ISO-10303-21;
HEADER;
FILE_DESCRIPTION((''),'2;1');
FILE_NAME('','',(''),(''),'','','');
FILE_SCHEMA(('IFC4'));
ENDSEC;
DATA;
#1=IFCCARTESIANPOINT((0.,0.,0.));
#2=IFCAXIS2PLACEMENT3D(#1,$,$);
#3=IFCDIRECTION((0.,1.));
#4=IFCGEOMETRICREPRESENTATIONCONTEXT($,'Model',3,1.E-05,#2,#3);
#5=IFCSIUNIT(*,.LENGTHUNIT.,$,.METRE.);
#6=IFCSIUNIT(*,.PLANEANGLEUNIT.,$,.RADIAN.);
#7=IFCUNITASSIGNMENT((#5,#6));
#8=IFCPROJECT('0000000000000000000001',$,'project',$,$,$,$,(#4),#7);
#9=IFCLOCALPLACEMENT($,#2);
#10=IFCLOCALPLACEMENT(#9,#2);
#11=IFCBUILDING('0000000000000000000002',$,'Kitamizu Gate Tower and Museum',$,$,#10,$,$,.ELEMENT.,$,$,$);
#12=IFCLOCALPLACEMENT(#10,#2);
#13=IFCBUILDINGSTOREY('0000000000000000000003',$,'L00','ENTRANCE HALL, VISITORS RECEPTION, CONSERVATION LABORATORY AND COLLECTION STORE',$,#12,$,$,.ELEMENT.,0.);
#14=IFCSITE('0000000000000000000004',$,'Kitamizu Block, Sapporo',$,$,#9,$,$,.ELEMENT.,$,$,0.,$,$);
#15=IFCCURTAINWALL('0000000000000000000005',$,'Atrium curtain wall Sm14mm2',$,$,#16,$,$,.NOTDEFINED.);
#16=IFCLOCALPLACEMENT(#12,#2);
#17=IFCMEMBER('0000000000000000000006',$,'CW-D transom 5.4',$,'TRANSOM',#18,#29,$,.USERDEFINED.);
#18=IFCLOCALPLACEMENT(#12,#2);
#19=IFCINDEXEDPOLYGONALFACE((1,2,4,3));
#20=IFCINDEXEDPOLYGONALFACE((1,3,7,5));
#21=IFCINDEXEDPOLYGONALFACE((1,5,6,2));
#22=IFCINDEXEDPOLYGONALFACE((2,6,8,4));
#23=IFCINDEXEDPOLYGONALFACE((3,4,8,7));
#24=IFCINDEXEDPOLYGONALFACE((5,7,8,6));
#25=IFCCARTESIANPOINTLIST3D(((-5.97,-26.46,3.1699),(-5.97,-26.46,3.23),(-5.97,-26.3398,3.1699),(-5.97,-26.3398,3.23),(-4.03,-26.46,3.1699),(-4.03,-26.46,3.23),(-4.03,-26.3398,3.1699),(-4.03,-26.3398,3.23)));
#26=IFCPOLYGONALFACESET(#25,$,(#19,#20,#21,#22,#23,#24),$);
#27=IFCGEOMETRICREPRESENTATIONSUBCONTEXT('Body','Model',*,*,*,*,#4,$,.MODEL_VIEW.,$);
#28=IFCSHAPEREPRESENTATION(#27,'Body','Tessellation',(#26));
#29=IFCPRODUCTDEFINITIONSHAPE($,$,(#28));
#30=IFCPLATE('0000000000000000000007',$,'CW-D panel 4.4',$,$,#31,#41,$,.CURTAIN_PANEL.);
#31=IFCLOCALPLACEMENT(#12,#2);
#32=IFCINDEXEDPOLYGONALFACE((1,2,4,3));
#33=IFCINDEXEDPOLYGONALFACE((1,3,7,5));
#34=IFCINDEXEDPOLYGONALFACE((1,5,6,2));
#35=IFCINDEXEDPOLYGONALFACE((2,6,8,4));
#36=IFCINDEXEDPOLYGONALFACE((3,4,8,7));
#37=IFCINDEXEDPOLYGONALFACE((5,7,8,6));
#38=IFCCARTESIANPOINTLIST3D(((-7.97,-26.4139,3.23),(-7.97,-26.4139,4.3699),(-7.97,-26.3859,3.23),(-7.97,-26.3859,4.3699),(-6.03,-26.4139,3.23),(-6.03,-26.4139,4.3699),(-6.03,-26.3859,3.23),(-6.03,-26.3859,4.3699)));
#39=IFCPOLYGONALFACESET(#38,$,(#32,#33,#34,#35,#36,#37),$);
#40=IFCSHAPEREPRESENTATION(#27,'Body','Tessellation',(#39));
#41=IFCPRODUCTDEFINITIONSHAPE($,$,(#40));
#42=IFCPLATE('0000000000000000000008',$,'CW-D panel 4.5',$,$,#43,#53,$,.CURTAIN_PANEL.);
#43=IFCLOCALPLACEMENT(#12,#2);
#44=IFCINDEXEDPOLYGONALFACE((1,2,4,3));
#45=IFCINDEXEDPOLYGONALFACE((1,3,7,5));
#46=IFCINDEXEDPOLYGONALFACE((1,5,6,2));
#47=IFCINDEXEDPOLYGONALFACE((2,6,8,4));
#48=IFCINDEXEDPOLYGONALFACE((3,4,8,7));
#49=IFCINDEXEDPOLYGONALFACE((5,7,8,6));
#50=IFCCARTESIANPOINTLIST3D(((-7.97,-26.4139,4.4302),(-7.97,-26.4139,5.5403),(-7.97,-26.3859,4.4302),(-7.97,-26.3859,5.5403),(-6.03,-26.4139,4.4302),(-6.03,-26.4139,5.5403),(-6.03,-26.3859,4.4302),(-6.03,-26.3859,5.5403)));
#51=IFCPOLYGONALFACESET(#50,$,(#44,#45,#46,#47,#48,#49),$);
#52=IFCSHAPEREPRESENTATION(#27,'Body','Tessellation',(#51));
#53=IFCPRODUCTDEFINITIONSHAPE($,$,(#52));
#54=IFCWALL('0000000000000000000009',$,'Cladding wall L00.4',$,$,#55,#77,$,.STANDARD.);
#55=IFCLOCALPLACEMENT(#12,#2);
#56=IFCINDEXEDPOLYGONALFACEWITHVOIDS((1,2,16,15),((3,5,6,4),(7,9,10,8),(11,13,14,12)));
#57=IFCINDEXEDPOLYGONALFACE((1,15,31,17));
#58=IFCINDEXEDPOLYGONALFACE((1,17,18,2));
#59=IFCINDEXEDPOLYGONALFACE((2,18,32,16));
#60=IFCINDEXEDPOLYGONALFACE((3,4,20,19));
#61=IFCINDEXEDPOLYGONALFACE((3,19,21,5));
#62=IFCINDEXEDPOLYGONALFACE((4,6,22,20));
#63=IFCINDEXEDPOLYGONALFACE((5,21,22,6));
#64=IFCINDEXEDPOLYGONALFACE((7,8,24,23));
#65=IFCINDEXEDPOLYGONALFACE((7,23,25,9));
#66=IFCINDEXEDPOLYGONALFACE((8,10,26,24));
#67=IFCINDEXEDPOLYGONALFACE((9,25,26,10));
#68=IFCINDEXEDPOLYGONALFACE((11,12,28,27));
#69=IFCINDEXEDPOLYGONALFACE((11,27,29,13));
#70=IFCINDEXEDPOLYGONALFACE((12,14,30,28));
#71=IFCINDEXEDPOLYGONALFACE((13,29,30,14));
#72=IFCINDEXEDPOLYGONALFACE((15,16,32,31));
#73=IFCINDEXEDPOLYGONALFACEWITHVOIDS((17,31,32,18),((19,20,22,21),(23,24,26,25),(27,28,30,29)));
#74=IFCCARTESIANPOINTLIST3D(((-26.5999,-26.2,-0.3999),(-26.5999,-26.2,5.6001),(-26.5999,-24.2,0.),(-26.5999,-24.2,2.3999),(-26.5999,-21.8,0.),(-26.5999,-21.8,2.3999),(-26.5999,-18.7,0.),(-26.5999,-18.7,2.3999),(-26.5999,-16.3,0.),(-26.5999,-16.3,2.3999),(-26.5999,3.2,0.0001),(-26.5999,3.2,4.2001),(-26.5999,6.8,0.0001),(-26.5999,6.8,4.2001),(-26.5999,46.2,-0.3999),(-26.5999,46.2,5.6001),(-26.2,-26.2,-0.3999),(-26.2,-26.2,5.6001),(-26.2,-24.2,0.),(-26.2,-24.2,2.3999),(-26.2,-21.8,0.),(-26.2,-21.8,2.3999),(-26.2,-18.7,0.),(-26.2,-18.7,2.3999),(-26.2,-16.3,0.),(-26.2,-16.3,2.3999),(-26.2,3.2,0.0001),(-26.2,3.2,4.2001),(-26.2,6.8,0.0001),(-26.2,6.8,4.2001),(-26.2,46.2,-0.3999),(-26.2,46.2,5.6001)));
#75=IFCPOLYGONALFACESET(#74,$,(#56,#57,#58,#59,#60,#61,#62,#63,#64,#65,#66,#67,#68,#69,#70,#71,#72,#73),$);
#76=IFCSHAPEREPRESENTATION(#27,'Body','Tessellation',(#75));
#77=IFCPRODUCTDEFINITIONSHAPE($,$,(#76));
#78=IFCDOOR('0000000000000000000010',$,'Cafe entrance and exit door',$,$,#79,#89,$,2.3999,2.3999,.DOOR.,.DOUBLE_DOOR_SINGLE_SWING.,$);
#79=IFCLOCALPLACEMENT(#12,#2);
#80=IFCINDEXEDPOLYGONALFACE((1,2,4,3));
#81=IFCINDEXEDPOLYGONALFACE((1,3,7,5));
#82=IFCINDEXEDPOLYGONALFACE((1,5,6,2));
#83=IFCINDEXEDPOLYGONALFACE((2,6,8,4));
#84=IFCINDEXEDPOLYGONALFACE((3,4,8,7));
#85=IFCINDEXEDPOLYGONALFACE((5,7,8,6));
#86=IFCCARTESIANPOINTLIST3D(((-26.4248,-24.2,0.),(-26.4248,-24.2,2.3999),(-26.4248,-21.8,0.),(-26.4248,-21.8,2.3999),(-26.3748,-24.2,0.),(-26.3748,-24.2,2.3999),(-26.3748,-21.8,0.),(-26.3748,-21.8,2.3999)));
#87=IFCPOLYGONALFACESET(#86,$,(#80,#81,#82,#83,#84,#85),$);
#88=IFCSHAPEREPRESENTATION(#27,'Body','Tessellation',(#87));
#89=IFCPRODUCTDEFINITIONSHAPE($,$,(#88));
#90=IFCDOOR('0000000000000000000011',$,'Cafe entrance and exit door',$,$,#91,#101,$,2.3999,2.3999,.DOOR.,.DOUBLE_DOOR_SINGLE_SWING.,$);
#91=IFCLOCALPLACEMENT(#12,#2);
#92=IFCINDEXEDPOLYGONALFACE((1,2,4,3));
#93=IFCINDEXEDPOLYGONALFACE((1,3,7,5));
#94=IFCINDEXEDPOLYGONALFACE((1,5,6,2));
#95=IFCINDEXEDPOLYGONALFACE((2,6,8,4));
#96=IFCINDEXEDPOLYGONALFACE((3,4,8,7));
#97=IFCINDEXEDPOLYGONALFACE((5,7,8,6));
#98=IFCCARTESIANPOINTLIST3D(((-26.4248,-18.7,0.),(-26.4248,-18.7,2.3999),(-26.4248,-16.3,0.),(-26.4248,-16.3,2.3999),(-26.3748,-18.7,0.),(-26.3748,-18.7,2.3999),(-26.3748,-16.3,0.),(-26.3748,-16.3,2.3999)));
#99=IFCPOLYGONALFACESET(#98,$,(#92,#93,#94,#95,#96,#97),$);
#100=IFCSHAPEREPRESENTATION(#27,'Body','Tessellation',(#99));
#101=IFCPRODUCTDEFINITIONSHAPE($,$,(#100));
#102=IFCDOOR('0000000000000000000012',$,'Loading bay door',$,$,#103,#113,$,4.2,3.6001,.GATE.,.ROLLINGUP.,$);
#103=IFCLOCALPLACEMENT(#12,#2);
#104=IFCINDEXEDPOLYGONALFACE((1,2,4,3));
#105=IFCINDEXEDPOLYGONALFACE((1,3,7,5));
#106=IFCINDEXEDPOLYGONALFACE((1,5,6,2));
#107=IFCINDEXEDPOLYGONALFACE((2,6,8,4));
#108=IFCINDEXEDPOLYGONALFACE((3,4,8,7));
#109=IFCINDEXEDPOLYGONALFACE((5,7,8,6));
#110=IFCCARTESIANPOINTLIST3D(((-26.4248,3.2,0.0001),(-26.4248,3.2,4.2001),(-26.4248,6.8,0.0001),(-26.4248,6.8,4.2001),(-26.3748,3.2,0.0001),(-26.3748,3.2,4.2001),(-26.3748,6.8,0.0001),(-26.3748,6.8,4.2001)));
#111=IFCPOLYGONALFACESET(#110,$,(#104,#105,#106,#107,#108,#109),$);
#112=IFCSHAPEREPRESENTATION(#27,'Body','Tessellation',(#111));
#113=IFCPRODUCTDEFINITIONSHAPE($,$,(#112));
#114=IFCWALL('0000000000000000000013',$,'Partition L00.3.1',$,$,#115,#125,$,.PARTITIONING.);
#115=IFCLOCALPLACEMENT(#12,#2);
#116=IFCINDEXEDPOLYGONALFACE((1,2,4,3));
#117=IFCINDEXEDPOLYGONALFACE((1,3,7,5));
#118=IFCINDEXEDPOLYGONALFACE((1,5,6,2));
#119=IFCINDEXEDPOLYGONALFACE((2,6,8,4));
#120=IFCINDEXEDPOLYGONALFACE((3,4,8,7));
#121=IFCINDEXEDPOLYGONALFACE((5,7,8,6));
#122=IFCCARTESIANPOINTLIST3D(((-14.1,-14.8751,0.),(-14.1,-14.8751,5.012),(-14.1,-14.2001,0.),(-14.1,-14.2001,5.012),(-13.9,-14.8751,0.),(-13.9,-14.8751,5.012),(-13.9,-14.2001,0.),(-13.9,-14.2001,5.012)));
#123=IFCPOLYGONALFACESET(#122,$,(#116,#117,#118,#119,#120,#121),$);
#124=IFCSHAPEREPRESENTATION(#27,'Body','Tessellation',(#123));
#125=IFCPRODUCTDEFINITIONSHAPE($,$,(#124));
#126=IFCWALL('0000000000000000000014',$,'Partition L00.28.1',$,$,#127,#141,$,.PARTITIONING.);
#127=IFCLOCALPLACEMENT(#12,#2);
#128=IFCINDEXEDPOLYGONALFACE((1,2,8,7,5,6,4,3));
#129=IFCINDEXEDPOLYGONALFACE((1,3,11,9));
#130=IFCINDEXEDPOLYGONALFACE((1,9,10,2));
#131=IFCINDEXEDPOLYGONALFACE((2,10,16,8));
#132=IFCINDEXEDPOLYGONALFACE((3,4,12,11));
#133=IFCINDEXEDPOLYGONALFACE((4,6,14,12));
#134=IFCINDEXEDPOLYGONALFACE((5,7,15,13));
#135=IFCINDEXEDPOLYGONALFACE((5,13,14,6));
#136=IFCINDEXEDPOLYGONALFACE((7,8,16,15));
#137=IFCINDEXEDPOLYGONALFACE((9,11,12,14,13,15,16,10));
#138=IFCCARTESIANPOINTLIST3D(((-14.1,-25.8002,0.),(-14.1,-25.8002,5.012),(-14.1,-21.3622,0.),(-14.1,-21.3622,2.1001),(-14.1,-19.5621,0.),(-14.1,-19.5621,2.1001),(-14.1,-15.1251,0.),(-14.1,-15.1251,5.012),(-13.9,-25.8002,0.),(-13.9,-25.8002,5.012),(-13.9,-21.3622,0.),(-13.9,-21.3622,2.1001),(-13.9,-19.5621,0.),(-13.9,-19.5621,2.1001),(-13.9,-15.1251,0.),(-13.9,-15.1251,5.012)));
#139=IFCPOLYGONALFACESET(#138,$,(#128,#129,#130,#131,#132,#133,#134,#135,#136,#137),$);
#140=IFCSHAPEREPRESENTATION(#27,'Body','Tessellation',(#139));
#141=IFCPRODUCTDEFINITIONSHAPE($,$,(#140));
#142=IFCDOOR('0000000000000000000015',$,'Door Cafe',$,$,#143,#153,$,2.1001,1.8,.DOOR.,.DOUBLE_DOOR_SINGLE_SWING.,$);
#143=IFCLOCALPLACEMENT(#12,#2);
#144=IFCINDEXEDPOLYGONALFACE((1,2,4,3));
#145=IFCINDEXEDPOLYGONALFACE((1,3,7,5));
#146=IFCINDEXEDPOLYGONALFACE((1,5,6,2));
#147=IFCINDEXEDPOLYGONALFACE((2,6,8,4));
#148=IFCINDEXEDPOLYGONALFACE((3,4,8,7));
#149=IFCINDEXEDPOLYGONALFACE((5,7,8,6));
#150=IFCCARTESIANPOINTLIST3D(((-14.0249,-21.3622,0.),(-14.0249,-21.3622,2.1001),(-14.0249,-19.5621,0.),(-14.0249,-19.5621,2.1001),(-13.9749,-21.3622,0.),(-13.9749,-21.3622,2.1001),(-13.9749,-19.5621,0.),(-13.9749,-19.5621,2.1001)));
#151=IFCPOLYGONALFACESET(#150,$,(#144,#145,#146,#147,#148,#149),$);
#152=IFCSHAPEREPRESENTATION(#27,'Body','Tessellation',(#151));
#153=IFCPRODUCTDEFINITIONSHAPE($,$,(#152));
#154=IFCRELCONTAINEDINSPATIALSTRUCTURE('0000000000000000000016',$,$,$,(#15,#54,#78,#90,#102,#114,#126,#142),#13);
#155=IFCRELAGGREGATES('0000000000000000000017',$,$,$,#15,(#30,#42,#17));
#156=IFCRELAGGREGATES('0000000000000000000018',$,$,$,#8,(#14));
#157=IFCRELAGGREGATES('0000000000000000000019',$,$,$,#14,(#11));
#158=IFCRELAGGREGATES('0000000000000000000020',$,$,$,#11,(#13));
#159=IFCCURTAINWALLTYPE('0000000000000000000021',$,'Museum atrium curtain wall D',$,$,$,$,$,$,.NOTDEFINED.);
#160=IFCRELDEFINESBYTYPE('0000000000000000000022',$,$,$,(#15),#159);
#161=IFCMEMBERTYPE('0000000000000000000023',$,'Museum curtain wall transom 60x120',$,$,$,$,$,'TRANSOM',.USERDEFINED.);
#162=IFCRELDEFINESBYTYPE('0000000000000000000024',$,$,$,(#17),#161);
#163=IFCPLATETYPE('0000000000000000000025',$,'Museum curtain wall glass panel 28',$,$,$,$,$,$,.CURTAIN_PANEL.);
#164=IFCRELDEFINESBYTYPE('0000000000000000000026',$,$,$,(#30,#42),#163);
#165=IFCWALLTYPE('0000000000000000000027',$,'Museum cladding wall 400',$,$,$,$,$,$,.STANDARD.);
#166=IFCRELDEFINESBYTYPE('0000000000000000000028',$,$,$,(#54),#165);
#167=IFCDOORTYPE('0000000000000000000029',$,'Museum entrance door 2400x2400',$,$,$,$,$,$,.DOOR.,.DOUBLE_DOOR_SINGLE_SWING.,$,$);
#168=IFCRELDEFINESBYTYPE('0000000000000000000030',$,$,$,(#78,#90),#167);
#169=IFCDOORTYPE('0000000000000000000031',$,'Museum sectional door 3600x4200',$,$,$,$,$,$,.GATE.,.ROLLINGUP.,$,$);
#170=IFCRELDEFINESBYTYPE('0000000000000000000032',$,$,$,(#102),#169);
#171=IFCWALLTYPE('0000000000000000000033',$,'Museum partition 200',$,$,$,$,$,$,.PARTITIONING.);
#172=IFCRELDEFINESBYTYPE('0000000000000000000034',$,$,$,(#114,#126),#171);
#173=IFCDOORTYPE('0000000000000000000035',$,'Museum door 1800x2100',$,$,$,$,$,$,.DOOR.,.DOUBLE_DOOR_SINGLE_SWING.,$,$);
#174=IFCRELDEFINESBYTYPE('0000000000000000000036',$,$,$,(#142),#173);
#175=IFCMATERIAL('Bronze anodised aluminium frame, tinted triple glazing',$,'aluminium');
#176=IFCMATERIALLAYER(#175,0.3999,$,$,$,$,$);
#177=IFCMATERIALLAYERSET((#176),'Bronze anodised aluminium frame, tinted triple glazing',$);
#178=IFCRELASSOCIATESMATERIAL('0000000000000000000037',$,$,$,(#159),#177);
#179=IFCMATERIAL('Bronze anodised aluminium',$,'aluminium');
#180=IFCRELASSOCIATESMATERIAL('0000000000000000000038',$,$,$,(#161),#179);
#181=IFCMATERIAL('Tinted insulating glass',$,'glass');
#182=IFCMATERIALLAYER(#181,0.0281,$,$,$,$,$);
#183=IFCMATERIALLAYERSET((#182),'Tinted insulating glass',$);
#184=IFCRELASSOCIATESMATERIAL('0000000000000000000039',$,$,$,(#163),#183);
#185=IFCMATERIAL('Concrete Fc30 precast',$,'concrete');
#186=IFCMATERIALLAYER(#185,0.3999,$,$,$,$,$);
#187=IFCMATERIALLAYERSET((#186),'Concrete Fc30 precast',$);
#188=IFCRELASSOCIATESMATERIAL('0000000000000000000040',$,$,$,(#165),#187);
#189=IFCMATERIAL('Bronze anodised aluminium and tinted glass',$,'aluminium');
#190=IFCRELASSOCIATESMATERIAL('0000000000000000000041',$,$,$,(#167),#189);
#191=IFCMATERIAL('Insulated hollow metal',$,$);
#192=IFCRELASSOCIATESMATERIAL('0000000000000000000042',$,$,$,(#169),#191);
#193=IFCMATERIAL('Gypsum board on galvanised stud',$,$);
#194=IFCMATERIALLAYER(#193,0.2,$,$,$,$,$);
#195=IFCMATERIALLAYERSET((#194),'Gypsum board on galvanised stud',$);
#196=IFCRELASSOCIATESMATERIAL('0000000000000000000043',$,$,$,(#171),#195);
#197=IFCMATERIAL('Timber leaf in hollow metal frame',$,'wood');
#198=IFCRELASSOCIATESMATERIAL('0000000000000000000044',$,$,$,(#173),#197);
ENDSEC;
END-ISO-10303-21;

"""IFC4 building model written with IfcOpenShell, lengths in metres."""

from ifc_helpers import new_model, si_unit, direction, frame, frame_2d, origin, origin_2d, place, context, subcontext, project, spatial, rectangle, extrude, material, layer, layer_set, material_profile, profile_set, type_object, element, fill, aggregate, save


model = new_model("IFC4")

# Units and contexts
model_context = context("Model", 3, precision=1e-05, world=origin(), true_north=direction((0.0, 1.0)))
body_context = subcontext(model_context, "Body", "Model", "MODEL_VIEW")
ifc_project = project(units=[si_unit("LENGTHUNIT", "METRE"), si_unit("PLANEANGLEUNIT", "RADIAN")], contexts=[model_context])

# Site, building, storey
site_placement = place(None, origin())
site = spatial("IfcSite", under=ifc_project, at=site_placement, Name="Kitamizu Block, Sapporo", CompositionType="ELEMENT", RefElevation=0.0)
building_placement = place(site_placement, origin())
building = spatial("IfcBuilding", under=site, at=building_placement, Name="Kitamizu Gate Tower and Museum", CompositionType="ELEMENT")
storey_placement = place(building_placement, origin())
storey = spatial("IfcBuildingStorey", under=building, at=storey_placement, Name="L00", Description="ENTRANCE HALL, VISITORS RECEPTION, CONSERVATION LABORATORY AND COLLECTION STORE", CompositionType="ELEMENT", Elevation=0.0)

# Curtain wall, member, plates
ifc_material_1 = material(Name="Bronze anodised aluminium frame, tinted triple glazing", Category="aluminium")
ifc_layer_1 = layer(ifc_material_1, 0.3999)
ifc_layer_set_1 = layer_set([ifc_layer_1], Name="Bronze anodised aluminium frame, tinted triple glazing")
curtain_wall_type = type_object("IfcCurtainWallType", Name="Museum atrium curtain wall D", PredefinedType="NOTDEFINED", material=ifc_layer_set_1)
curtain_wall_placement = place(storey_placement, origin())
curtain_wall = element("IfcCurtainWall", 1, at=curtain_wall_placement, inside=storey, type_object=curtain_wall_type, Name="Atrium curtain wall Sm14mm2", PredefinedType="NOTDEFINED")
ifc_material_2 = material(Name="Bronze anodised aluminium", Category="aluminium")
ifc_material_profile_1 = material_profile(ifc_material_2, rectangle(XDim=0.1201, YDim=0.0601, at=origin_2d()), Name="120x60")
ifc_profile_set_1 = profile_set([ifc_material_profile_1], Name="Bronze anodised aluminium")
member_type_1 = type_object("IfcMemberType", Name="Museum curtain wall transom 60x120", ElementType="TRANSOM", PredefinedType="USERDEFINED", material=ifc_profile_set_1)
member_1_placement = place(storey_placement, frame((-5.97, -26.3999, 3.2), z_axis=(1.0, 0.0, 0.0), x_axis=(0.0, 1.0, 0.0)))
member_1 = element("IfcMember", 2, at=member_1_placement, type_object=member_type_1, Name="CW-D transom 5.4", ObjectType="TRANSOM", PredefinedType="USERDEFINED", context=body_context, shape_type="SweptSolid", body=[
    extrude(rectangle(XDim=0.1201, YDim=0.0601, at=origin_2d()), origin(), (0.0, 0.0, 1.0), 1.9399),
])
ifc_material_3 = material(Name="Tinted insulating glass", Category="glass")
ifc_layer_2 = layer(ifc_material_3, 0.0281)
ifc_layer_set_2 = layer_set([ifc_layer_2], Name="Tinted insulating glass")
plate_type = type_object("IfcPlateType", Name="Museum curtain wall glass panel 28", PredefinedType="CURTAIN_PANEL", material=ifc_layer_set_2)
plate_1_placement = place(storey_placement, frame((-7.0, -26.3999, 3.23), z_axis=(0.0, 0.0, 1.0), x_axis=(1.0, 0.0, 0.0)))
plate_1 = element("IfcPlate", 3, at=plate_1_placement, type_object=plate_type, Name="CW-D panel 4.4", PredefinedType="CURTAIN_PANEL", context=body_context, shape_type="SweptSolid", body=[
    extrude(rectangle(XDim=1.9399, YDim=0.0281, at=origin_2d()), origin(), (0.0, 0.0, 1.0), 1.1399),
])
plate_2_placement = place(storey_placement, frame((-7.0, -26.3999, 4.4302), z_axis=(0.0, 0.0, 1.0), x_axis=(1.0, 0.0, 0.0)))
plate_2 = element("IfcPlate", 4, at=plate_2_placement, type_object=plate_type, Name="CW-D panel 4.5", PredefinedType="CURTAIN_PANEL", context=body_context, shape_type="SweptSolid", body=[
    extrude(rectangle(XDim=1.9399, YDim=0.0281, at=origin_2d()), origin(), (0.0, 0.0, 1.0), 1.1101),
])
aggregate(curtain_wall, [plate_1, plate_2, member_1])

# Wall, openings, doors
ifc_material_4 = material(Name="Concrete Fc30 precast", Category="concrete")
ifc_layer_3 = layer(ifc_material_4, 0.3999)
ifc_layer_set_3 = layer_set([ifc_layer_3], Name="Concrete Fc30 precast")
wall_type_1 = type_object("IfcWallType", Name="Museum cladding wall 400", PredefinedType="STANDARD", material=ifc_layer_set_3)
wall_1_placement = place(storey_placement, frame((-26.3999, -26.2, -0.3999), z_axis=(0.0, 0.0, 1.0), x_axis=(0.0, 1.0, 0.0)))
wall_1 = element("IfcWall", 5, at=wall_1_placement, inside=storey, type_object=wall_type_1, Name="Cladding wall L00.4", PredefinedType="STANDARD", context=body_context, shape_type="SweptSolid", body=[
    extrude(rectangle(XDim=72.3999, YDim=0.3999, at=frame_2d((36.2, 0.0))), origin(), (0.0, 0.0, 1.0), 6.0),
])
opening_1_placement = place(wall_1_placement, frame((29.3999, 0.0, 0.3999)))
opening_1 = element("IfcOpeningElement", 6, at=opening_1_placement, cuts=wall_1, PredefinedType="OPENING", context=body_context, shape_type="SweptSolid", body=[
    extrude(rectangle(XDim=3.6001, YDim=4.2, at=frame_2d((1.8, 2.1001))), frame((0.0, 0.21, 0.0), z_axis=(0.0, -1.0, 0.0), x_axis=(1.0, 0.0, 0.0)), (0.0, 0.0, 1.0), 0.4199),
])
opening_2_placement = place(wall_1_placement, frame((2.0, 0.0, 0.3999)))
opening_2 = element("IfcOpeningElement", 7, at=opening_2_placement, cuts=wall_1, PredefinedType="OPENING", context=body_context, shape_type="SweptSolid", body=[
    extrude(rectangle(XDim=2.3999, YDim=2.3999, at=frame_2d((1.2, 1.2))), frame((0.0, 0.21, 0.0), z_axis=(0.0, -1.0, 0.0), x_axis=(1.0, 0.0, 0.0)), (0.0, 0.0, 1.0), 0.4199),
])
opening_3_placement = place(wall_1_placement, frame((7.5, 0.0, 0.3999)))
opening_3 = element("IfcOpeningElement", 8, at=opening_3_placement, cuts=wall_1, PredefinedType="OPENING", context=body_context, shape_type="SweptSolid", body=[
    extrude(rectangle(XDim=2.3999, YDim=2.3999, at=frame_2d((1.2, 1.2))), frame((0.0, 0.21, 0.0), z_axis=(0.0, -1.0, 0.0), x_axis=(1.0, 0.0, 0.0)), (0.0, 0.0, 1.0), 0.4199),
])
ifc_material_5 = material(Name="Bronze anodised aluminium and tinted glass", Category="aluminium")
door_type_1 = type_object("IfcDoorType", Name="Museum entrance door 2400x2400", OperationType="DOUBLE_DOOR_SINGLE_SWING", PredefinedType="DOOR", material=ifc_material_5)
door_1_placement = place(opening_2_placement, origin())
door_1 = element("IfcDoor", 9, at=door_1_placement, inside=storey, type_object=door_type_1, Name="Cafe entrance and exit door", OperationType="DOUBLE_DOOR_SINGLE_SWING", OverallHeight=2.3999, OverallWidth=2.3999, PredefinedType="DOOR", context=body_context, shape_type="SweptSolid", body=[
    extrude(rectangle(XDim=2.3999, YDim=2.3999, at=frame_2d((1.2, 1.2))), frame((0.0, 0.0249, 0.0), z_axis=(0.0, -1.0, 0.0), x_axis=(1.0, 0.0, 0.0)), (0.0, 0.0, 1.0), 0.05),
])
fill(opening_2, door_1)
door_2_placement = place(opening_3_placement, origin())
door_2 = element("IfcDoor", 10, at=door_2_placement, inside=storey, type_object=door_type_1, Name="Cafe entrance and exit door", OperationType="DOUBLE_DOOR_SINGLE_SWING", OverallHeight=2.3999, OverallWidth=2.3999, PredefinedType="DOOR", context=body_context, shape_type="SweptSolid", body=[
    extrude(rectangle(XDim=2.3999, YDim=2.3999, at=frame_2d((1.2, 1.2))), frame((0.0, 0.0249, 0.0), z_axis=(0.0, -1.0, 0.0), x_axis=(1.0, 0.0, 0.0)), (0.0, 0.0, 1.0), 0.05),
])
fill(opening_3, door_2)
ifc_material_6 = material(Name="Insulated hollow metal")
door_type_2 = type_object("IfcDoorType", Name="Museum sectional door 3600x4200", OperationType="ROLLINGUP", PredefinedType="GATE", material=ifc_material_6)
door_3_placement = place(opening_1_placement, origin())
door_3 = element("IfcDoor", 11, at=door_3_placement, inside=storey, type_object=door_type_2, Name="Loading bay door", OperationType="ROLLINGUP", OverallHeight=4.2, OverallWidth=3.6001, PredefinedType="GATE", context=body_context, shape_type="SweptSolid", body=[
    extrude(rectangle(XDim=3.6001, YDim=4.2, at=frame_2d((1.8, 2.1001))), frame((0.0, 0.0249, 0.0), z_axis=(0.0, -1.0, 0.0), x_axis=(1.0, 0.0, 0.0)), (0.0, 0.0, 1.0), 0.05),
])
fill(opening_1, door_3)

# Wall
ifc_material_7 = material(Name="Gypsum board on galvanised stud")
ifc_layer_4 = layer(ifc_material_7, 0.2)
ifc_layer_set_4 = layer_set([ifc_layer_4], Name="Gypsum board on galvanised stud")
wall_type_2 = type_object("IfcWallType", Name="Museum partition 200", PredefinedType="PARTITIONING", material=ifc_layer_set_4)
wall_2_placement = place(storey_placement, frame((-14.0, -14.875, 0.0), z_axis=(0.0, 0.0, 1.0), x_axis=(0.0, 1.0, 0.0)))
element("IfcWall", 12, at=wall_2_placement, inside=storey, type_object=wall_type_2, Name="Partition L00.3.1", PredefinedType="PARTITIONING", context=body_context, shape_type="SweptSolid", body=[
    extrude(rectangle(XDim=0.675, YDim=0.2, at=frame_2d((0.3374, 0.0))), origin(), (0.0, 0.0, 1.0), 5.012),
])

# Wall, opening, door
wall_3_placement = place(storey_placement, frame((-14.0, -25.8, 0.0), z_axis=(0.0, 0.0, 1.0), x_axis=(0.0, 1.0, 0.0)))
wall_3 = element("IfcWall", 13, at=wall_3_placement, inside=storey, type_object=wall_type_2, Name="Partition L00.28.1", PredefinedType="PARTITIONING", context=body_context, shape_type="SweptSolid", body=[
    extrude(rectangle(XDim=10.675, YDim=0.2, at=frame_2d((5.3374, 0.0))), origin(), (0.0, 0.0, 1.0), 5.012),
])
opening_4_placement = place(wall_3_placement, frame((4.438, 0.0, 0.0)))
opening_4 = element("IfcOpeningElement", 14, at=opening_4_placement, cuts=wall_3, PredefinedType="OPENING", context=body_context, shape_type="SweptSolid", body=[
    extrude(rectangle(XDim=1.8, YDim=2.1001, at=frame_2d((0.8999, 1.05))), frame((0.0, 0.1099, 0.0), z_axis=(0.0, -1.0, 0.0), x_axis=(1.0, 0.0, 0.0)), (0.0, 0.0, 1.0), 0.22),
])
ifc_material_8 = material(Name="Timber leaf in hollow metal frame", Category="wood")
door_type_3 = type_object("IfcDoorType", Name="Museum door 1800x2100", OperationType="DOUBLE_DOOR_SINGLE_SWING", PredefinedType="DOOR", material=ifc_material_8)
door_4_placement = place(opening_4_placement, origin())
door_4 = element("IfcDoor", 15, at=door_4_placement, inside=storey, type_object=door_type_3, Name="Door Cafe", OperationType="DOUBLE_DOOR_SINGLE_SWING", OverallHeight=2.1001, OverallWidth=1.8, PredefinedType="DOOR", context=body_context, shape_type="SweptSolid", body=[
    extrude(rectangle(XDim=1.8, YDim=2.1001, at=frame_2d((0.8999, 1.05))), frame((0.0, 0.0249, 0.0), z_axis=(0.0, -1.0, 0.0), x_axis=(1.0, 0.0, 0.0)), (0.0, 0.0, 1.0), 0.05),
])
fill(opening_4, door_4)

save(model, "model.ifc")
